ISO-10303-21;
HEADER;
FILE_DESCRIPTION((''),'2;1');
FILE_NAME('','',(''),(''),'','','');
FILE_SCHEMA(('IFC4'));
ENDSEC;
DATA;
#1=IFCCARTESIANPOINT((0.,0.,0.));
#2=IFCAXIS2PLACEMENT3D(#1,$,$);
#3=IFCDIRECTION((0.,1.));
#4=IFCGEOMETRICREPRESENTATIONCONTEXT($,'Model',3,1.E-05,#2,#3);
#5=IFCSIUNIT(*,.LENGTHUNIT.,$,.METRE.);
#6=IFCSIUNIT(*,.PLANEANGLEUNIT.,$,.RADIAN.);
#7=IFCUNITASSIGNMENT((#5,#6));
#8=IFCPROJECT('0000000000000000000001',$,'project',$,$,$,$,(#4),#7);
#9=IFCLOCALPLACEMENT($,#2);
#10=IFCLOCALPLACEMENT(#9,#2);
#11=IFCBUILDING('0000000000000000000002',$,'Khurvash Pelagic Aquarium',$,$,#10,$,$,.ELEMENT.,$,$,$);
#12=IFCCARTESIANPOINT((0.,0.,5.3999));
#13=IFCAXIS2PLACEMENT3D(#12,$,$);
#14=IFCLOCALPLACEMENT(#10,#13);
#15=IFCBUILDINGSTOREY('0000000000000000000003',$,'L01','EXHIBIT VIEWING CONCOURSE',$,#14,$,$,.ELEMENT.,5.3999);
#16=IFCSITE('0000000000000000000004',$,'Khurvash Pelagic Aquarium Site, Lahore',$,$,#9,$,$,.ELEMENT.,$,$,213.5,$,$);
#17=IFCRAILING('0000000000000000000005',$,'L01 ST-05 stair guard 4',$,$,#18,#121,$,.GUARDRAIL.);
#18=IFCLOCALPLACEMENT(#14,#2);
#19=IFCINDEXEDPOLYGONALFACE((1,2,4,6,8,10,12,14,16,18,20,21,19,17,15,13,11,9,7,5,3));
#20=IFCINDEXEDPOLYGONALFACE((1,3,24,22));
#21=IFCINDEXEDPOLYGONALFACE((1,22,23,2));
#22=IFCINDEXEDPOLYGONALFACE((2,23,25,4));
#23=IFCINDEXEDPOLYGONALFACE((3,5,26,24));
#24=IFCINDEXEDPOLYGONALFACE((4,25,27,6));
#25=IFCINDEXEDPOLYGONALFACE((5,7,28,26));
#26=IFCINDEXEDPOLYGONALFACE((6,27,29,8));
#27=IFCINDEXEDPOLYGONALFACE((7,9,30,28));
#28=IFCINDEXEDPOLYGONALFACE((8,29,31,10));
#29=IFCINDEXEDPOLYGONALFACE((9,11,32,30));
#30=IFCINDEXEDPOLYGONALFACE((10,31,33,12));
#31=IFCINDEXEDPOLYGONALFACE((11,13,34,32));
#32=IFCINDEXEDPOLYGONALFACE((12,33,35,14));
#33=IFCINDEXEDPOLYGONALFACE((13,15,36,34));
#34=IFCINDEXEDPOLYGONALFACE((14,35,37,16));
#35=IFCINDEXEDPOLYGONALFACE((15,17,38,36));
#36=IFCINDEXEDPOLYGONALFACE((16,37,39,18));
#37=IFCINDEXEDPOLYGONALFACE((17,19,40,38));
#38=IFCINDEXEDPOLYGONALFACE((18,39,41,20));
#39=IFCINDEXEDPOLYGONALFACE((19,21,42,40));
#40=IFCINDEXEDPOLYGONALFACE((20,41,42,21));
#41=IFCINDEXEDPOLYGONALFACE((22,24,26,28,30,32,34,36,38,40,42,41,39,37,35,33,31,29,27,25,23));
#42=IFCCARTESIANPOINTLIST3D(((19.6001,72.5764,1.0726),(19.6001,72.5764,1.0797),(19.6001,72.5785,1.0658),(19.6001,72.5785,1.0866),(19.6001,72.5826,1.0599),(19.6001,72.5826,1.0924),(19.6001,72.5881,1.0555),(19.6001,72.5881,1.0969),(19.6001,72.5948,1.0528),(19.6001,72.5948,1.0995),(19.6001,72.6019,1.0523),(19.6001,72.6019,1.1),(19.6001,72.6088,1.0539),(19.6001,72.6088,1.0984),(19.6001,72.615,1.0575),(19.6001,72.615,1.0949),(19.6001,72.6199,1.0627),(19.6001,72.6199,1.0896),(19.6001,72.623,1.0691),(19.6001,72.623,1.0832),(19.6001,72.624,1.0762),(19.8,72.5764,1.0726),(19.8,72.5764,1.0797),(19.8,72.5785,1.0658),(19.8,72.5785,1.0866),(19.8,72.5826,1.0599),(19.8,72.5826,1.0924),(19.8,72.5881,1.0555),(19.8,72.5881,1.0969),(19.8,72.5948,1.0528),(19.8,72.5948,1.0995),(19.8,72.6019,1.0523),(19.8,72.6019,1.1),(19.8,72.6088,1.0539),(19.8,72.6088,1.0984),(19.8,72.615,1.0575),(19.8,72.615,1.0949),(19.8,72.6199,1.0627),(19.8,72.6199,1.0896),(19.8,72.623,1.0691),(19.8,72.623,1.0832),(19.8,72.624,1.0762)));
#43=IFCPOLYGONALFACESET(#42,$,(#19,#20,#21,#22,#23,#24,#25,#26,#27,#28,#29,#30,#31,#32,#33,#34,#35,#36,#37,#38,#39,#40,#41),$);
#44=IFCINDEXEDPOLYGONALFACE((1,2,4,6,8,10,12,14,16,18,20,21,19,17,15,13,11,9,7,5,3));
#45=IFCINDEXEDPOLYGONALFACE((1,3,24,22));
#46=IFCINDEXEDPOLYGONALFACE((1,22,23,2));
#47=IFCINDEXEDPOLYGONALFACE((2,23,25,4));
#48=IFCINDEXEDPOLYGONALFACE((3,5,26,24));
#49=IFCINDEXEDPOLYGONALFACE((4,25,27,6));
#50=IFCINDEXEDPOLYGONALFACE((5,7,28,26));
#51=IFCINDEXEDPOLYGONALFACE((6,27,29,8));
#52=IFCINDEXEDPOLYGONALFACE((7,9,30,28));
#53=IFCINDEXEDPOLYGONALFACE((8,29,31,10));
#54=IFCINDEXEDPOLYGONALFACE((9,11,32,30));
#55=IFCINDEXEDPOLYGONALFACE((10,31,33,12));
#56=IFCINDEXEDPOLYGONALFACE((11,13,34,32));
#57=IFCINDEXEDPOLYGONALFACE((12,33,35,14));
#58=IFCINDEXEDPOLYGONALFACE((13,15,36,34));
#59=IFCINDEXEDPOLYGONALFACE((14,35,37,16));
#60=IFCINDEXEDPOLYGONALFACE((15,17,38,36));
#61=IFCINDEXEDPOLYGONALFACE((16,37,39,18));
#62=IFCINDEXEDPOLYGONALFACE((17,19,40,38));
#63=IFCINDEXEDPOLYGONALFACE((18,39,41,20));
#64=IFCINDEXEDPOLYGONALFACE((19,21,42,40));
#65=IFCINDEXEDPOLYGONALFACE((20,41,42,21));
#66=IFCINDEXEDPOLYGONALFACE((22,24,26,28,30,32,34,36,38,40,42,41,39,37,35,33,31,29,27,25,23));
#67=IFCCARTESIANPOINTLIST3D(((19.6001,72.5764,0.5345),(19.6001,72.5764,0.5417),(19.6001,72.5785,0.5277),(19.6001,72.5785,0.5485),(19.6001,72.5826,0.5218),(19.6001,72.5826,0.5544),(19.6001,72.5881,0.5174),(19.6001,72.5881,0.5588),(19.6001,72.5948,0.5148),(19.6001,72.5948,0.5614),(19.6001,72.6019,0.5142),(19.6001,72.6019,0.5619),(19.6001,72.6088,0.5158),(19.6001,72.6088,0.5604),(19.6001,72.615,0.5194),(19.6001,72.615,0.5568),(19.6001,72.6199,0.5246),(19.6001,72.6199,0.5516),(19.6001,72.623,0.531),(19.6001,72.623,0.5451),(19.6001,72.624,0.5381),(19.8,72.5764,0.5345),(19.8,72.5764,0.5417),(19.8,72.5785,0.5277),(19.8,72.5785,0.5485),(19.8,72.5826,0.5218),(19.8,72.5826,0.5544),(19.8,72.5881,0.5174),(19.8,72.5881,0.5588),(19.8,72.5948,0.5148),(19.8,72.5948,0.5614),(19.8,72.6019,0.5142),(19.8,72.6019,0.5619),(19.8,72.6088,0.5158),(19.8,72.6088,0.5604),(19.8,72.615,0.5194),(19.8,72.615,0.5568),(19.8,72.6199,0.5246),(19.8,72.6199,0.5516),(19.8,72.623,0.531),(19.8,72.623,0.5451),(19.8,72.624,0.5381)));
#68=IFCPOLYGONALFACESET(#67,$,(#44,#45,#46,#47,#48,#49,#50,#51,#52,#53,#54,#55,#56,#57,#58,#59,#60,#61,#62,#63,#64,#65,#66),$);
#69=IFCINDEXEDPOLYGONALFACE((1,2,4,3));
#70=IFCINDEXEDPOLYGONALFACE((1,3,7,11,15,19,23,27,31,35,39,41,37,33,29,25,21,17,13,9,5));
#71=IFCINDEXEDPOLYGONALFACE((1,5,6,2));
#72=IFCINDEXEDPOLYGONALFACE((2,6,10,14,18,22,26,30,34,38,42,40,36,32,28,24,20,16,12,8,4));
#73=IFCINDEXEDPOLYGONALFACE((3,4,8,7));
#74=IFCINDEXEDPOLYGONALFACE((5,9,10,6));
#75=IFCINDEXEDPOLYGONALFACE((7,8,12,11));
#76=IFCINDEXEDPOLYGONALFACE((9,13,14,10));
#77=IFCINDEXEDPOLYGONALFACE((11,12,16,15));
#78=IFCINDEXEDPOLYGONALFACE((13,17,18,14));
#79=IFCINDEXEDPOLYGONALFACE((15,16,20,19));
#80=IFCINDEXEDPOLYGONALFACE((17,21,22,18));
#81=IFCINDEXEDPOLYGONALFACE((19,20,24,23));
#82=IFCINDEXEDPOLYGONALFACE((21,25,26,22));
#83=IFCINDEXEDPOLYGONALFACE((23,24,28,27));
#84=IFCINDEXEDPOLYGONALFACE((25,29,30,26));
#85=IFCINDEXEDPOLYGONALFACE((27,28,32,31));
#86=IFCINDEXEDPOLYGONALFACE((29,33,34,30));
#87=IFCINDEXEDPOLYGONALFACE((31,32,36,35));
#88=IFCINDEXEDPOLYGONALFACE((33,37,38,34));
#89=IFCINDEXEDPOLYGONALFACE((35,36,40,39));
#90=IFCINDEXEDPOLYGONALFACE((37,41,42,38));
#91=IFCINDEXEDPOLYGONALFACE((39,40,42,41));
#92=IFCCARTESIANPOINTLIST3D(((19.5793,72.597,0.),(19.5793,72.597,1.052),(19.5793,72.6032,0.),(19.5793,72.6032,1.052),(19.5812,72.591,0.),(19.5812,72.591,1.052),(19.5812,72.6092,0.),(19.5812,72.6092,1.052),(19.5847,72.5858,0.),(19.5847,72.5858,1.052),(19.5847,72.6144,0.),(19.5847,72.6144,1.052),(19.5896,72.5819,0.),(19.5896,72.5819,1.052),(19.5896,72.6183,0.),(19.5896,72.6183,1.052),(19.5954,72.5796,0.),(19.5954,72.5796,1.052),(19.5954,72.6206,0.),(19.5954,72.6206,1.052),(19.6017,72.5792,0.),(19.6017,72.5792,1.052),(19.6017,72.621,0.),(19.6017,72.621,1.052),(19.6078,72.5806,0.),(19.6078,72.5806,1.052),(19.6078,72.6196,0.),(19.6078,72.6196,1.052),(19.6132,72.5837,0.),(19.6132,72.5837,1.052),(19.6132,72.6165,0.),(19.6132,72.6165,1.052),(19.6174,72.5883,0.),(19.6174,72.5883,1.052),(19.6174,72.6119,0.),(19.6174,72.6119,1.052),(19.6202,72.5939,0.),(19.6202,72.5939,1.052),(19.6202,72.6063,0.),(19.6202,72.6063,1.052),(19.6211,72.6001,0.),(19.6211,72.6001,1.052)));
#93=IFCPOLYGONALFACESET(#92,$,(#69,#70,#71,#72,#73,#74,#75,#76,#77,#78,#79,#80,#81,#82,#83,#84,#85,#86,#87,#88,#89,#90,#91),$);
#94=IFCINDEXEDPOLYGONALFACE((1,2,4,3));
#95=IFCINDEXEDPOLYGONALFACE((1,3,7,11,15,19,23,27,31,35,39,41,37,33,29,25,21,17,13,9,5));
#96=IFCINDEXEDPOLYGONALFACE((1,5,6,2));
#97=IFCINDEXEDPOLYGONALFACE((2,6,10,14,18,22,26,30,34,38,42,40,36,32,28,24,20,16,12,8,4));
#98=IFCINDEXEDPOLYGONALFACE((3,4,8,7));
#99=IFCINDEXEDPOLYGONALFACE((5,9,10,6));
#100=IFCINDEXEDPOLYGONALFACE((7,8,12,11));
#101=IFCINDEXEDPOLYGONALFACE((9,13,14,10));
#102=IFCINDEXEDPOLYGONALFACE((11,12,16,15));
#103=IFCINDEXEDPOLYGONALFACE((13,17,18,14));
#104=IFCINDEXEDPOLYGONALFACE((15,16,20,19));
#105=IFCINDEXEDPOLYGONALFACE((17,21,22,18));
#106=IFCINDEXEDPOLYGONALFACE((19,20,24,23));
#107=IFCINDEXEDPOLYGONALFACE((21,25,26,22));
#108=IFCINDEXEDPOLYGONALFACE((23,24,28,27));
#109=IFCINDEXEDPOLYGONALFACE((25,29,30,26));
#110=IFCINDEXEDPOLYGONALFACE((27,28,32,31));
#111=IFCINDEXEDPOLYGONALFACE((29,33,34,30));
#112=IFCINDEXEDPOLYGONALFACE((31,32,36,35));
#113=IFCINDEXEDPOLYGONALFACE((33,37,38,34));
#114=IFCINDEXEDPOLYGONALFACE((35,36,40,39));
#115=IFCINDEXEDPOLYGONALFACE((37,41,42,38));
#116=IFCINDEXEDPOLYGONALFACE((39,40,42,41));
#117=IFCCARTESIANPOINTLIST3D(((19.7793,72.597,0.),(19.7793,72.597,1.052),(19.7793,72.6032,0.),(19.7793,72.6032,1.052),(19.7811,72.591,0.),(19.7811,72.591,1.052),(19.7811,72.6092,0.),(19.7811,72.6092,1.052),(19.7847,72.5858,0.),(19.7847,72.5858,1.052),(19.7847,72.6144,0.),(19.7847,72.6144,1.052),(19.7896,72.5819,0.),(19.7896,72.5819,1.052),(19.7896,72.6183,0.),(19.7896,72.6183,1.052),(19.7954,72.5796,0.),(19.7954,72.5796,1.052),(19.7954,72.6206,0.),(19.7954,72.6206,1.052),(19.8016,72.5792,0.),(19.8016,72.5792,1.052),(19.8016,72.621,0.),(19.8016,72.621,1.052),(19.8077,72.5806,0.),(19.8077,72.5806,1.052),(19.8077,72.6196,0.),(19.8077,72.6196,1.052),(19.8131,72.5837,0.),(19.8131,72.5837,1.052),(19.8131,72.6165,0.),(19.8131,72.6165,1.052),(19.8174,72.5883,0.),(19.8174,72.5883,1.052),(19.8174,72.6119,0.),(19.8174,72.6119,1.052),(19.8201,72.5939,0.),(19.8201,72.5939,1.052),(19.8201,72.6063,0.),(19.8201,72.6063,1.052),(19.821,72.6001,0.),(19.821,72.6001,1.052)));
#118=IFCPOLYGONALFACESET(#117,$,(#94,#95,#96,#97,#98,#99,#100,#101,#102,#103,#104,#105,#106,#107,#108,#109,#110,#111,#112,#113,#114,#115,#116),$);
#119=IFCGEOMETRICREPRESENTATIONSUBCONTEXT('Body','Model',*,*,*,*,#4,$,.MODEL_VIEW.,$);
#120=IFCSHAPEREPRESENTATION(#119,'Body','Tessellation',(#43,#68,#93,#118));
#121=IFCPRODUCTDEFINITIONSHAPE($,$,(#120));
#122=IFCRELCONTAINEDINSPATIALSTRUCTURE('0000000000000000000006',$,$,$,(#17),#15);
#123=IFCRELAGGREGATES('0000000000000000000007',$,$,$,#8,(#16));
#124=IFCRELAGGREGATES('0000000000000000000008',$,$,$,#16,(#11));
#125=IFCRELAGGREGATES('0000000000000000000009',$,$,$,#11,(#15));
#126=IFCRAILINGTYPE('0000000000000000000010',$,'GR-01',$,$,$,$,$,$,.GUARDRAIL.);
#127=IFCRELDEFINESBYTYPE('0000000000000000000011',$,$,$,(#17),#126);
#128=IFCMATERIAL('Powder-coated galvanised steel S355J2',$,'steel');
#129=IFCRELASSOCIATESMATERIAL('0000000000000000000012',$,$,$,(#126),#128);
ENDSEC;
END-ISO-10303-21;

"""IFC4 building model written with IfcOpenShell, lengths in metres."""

from ifc_helpers import new_model, si_unit, direction, frame, origin, origin_2d, place, context, subcontext, project, spatial, circle, extrude, material, type_object, element, save


model = new_model("IFC4")

# Units and contexts
model_context = context("Model", 3, precision=1e-05, world=origin(), true_north=direction((0.0, 1.0)))
body_context = subcontext(model_context, "Body", "Model", "MODEL_VIEW")
ifc_project = project(units=[si_unit("LENGTHUNIT", "METRE"), si_unit("PLANEANGLEUNIT", "RADIAN")], contexts=[model_context])

# Site, building, storey
site_placement = place(None, origin())
site = spatial("IfcSite", under=ifc_project, at=site_placement, Name="Khurvash Pelagic Aquarium Site, Lahore", CompositionType="ELEMENT", RefElevation=213.5)
building_placement = place(site_placement, origin())
building = spatial("IfcBuilding", under=site, at=building_placement, Name="Khurvash Pelagic Aquarium", CompositionType="ELEMENT")
storey_placement = place(building_placement, frame((0.0, 0.0, 5.3999)))
storey = spatial("IfcBuildingStorey", under=building, at=storey_placement, Name="L01", Description="EXHIBIT VIEWING CONCOURSE", CompositionType="ELEMENT", Elevation=5.3999)

# Railing
ifc_material_1 = material(Name="Powder-coated galvanised steel S355J2", Category="steel")
railing_type_1 = type_object("IfcRailingType", Name="GR-01", PredefinedType="GUARDRAIL", material=ifc_material_1)
railing_1_placement = place(storey_placement, frame((19.6001, 72.6001, 0.0)))
element("IfcRailing", 1, at=railing_1_placement, inside=storey, type_object=railing_type_1, Name="L01 ST-05 stair guard 4", PredefinedType="GUARDRAIL", context=body_context, shape_type="SweptSolid", body=[
    extrude(circle(Radius=0.0239, at=origin_2d()), frame((0.0, 0.0, 1.0762), z_axis=(1.0, 0.0, 0.0), x_axis=(0.0, 1.0, 0.0)), (0.0, 0.0, 1.0), 0.2),
    extrude(circle(Radius=0.0239, at=origin_2d()), frame((0.0, 0.0, 0.5381), z_axis=(1.0, 0.0, 0.0), x_axis=(0.0, 1.0, 0.0)), (0.0, 0.0, 1.0), 0.2),
    extrude(circle(Radius=0.021, at=origin_2d()), origin(), (0.0, 0.0, 1.0), 1.052),
    extrude(circle(Radius=0.021, at=origin_2d()), frame((0.2, 0.0, 0.0)), (0.0, 0.0, 1.0), 1.052),
])

save(model, "model.ifc")
